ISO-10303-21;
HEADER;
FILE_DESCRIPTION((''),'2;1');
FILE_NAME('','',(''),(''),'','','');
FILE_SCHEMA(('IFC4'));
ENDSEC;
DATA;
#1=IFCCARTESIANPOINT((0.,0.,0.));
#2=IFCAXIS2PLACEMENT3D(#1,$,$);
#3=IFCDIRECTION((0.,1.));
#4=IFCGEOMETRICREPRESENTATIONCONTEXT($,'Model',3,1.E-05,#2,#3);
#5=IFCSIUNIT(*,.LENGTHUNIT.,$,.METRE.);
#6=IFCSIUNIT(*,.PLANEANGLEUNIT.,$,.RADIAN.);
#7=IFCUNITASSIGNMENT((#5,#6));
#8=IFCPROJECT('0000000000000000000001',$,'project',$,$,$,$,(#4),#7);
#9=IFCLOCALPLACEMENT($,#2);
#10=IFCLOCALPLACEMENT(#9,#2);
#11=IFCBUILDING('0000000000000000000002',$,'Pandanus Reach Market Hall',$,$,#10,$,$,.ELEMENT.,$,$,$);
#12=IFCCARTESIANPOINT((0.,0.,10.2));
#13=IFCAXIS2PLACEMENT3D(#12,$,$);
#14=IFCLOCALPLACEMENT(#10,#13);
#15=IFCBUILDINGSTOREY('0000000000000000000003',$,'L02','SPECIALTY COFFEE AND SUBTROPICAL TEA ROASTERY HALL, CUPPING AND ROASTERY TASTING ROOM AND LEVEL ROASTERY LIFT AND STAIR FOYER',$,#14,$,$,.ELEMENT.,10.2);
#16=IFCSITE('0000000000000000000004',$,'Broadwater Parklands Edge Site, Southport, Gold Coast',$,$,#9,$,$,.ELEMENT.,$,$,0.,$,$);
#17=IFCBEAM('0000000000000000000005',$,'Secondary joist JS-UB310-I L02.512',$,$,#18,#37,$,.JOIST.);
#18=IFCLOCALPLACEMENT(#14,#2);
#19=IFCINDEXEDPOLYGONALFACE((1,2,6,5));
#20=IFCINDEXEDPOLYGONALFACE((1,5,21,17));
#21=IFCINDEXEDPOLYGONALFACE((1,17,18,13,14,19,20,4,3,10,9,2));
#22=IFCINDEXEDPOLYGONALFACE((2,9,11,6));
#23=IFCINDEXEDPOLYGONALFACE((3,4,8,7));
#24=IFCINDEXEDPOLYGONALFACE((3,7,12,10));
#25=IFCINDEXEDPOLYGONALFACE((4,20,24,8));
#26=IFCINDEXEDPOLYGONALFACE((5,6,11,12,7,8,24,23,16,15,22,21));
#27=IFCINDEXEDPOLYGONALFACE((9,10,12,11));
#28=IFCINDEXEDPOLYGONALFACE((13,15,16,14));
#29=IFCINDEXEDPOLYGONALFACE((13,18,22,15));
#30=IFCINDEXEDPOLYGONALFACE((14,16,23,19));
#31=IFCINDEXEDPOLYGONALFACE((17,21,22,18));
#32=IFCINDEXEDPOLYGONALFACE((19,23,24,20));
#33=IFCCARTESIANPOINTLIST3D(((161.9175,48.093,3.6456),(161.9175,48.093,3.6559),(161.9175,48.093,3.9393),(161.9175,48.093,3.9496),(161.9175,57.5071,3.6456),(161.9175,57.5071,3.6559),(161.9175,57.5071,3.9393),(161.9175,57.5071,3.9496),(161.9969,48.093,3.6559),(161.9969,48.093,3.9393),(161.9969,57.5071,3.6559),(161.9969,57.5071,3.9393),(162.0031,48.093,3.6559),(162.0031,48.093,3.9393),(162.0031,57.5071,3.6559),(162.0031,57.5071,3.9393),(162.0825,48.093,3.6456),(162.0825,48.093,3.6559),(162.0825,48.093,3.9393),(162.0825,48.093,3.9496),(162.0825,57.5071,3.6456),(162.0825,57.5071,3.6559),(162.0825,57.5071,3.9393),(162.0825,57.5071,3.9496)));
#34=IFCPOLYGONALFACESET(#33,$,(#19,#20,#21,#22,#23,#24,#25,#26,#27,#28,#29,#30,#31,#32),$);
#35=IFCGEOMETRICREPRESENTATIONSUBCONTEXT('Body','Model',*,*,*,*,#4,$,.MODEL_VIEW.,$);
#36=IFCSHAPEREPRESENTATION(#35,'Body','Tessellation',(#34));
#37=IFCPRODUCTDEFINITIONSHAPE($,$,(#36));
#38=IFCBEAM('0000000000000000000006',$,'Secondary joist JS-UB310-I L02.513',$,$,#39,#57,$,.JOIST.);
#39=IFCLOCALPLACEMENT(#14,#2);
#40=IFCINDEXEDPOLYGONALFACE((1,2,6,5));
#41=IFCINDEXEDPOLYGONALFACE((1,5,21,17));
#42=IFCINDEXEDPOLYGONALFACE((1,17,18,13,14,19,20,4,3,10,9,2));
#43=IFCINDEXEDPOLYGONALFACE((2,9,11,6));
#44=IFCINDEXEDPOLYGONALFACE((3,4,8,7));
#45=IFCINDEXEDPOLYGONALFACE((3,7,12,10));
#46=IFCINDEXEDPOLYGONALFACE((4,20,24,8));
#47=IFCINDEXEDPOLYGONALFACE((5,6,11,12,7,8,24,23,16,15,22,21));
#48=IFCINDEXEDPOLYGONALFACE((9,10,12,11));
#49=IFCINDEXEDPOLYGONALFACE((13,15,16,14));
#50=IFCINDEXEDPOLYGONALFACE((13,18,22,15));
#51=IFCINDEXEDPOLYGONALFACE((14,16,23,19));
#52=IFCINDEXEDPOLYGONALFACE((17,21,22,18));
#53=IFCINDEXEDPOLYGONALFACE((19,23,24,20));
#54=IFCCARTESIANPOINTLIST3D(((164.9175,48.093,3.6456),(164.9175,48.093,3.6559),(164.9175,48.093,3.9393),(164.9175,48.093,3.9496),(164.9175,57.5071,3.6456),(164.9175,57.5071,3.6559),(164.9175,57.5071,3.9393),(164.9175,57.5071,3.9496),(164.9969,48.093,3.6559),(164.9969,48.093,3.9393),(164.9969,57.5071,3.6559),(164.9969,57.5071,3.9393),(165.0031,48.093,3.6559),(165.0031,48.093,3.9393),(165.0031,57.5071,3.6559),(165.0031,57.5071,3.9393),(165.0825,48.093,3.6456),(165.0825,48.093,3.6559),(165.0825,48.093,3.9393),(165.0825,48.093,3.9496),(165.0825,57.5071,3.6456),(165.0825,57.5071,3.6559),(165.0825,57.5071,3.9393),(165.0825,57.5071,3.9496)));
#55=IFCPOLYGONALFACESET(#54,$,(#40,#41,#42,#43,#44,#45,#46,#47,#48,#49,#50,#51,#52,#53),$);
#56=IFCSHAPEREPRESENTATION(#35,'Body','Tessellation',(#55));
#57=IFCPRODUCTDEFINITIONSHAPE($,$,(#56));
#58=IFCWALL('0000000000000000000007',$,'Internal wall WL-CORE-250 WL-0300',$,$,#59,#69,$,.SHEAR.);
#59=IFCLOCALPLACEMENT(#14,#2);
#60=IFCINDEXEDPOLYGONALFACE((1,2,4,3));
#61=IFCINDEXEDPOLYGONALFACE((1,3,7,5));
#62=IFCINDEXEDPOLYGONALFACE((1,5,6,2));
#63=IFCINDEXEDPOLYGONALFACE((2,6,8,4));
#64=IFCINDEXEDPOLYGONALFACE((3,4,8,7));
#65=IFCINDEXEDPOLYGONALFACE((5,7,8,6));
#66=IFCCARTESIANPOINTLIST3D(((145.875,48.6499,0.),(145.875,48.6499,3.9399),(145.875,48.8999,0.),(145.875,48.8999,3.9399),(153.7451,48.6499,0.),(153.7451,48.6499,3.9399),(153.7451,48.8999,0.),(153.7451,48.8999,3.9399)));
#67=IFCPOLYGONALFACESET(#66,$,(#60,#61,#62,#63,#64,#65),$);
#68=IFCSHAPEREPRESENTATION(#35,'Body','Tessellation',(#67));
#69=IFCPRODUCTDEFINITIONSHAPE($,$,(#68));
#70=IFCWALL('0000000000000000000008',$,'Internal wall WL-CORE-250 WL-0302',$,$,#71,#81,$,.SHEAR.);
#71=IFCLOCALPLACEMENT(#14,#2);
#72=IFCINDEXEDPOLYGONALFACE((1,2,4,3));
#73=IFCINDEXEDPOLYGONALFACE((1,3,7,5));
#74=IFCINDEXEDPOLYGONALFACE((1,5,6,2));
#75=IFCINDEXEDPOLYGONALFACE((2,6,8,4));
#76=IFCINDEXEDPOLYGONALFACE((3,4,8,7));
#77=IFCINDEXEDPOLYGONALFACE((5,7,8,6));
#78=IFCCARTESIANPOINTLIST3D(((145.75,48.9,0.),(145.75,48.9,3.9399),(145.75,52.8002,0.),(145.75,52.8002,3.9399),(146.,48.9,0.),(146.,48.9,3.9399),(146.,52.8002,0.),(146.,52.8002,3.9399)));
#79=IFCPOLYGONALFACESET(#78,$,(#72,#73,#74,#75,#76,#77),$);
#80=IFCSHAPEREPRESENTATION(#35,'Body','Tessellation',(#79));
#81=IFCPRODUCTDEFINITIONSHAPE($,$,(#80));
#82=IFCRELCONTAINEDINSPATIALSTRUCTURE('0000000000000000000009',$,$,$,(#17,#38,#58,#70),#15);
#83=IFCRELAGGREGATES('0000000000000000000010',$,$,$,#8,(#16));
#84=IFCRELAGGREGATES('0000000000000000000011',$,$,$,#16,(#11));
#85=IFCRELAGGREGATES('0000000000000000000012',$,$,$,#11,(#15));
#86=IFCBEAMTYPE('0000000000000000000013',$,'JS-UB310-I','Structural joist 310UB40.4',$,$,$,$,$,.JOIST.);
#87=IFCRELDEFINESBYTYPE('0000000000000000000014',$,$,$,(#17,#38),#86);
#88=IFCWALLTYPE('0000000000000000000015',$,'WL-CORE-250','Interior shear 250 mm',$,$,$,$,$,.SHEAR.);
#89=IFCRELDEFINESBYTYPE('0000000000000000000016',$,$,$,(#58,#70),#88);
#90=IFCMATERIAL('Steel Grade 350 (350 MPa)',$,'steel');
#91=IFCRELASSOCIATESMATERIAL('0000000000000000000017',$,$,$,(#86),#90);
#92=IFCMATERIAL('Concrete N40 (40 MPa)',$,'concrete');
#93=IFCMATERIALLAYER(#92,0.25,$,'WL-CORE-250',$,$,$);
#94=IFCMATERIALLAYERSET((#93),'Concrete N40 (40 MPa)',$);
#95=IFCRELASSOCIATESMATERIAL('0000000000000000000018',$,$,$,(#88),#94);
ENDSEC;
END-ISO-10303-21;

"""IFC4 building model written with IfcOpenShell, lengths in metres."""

from ifc_helpers import new_model, si_unit, direction, frame, frame_2d, origin, origin_2d, place, context, subcontext, project, spatial, rectangle, i_section, extrude, material, layer, layer_set, material_profile, profile_set, type_object, element, save


model = new_model("IFC4")

# Units and contexts
model_context = context("Model", 3, precision=1e-05, world=origin(), true_north=direction((0.0, 1.0)))
body_context = subcontext(model_context, "Body", "Model", "MODEL_VIEW")
ifc_project = project(units=[si_unit("LENGTHUNIT", "METRE"), si_unit("PLANEANGLEUNIT", "RADIAN")], contexts=[model_context])

# Site, building, storey
site_placement = place(None, origin())
site = spatial("IfcSite", under=ifc_project, at=site_placement, Name="Broadwater Parklands Edge Site, Southport, Gold Coast", CompositionType="ELEMENT", RefElevation=0.0)
building_placement = place(site_placement, origin())
building = spatial("IfcBuilding", under=site, at=building_placement, Name="Pandanus Reach Market Hall", CompositionType="ELEMENT")
storey_placement = place(building_placement, frame((0.0, 0.0, 10.2)))
storey = spatial("IfcBuildingStorey", under=building, at=storey_placement, Name="L02", Description="SPECIALTY COFFEE AND SUBTROPICAL TEA ROASTERY HALL, CUPPING AND ROASTERY TASTING ROOM AND LEVEL ROASTERY LIFT AND STAIR FOYER", CompositionType="ELEMENT", Elevation=10.2)

# Shared definitions
ifc_material_1 = material(Name="Concrete N40 (40 MPa)", Category="concrete")

# Beams
ifc_material_2 = material(Name="Steel Grade 350 (350 MPa)", Category="steel")
ifc_material_profile_1 = material_profile(ifc_material_2, i_section(OverallWidth=0.165, OverallDepth=0.304, WebThickness=0.0061, FlangeThickness=0.0103, at=origin_2d()), Name="310UB40.4", Category="LoadBearing")
ifc_profile_set_1 = profile_set([ifc_material_profile_1], Name="Steel Grade 350 (350 MPa)")
beam_type_1 = type_object("IfcBeamType", Name="JS-UB310-I", Description="Structural joist 310UB40.4", PredefinedType="JOIST", material=ifc_profile_set_1)
for number, where, z_axis, x_axis, name in (
    (1, (162.0, 48.093, 3.7976), (0.0, 1.0, 0.0), (-1.0, 0.0, 0.0), "Secondary joist JS-UB310-I L02.512"),
    (2, (165.0, 48.093, 3.7976), (0.0, 1.0, 0.0), (-1.0, 0.0, 0.0), "Secondary joist JS-UB310-I L02.513"),
):
    element("IfcBeam", number, at=place(storey_placement, frame(where, z_axis=z_axis, x_axis=x_axis)), inside=storey, type_object=beam_type_1, Name=name, PredefinedType="JOIST", context=body_context, shape_type="SweptSolid", body=[
        extrude(i_section(OverallWidth=0.165, OverallDepth=0.304, WebThickness=0.0061, FlangeThickness=0.0103, at=origin_2d()), origin(), (0.0, 0.0, 1.0), 9.4141),
    ])

# Walls
ifc_layer = layer(ifc_material_1, 0.25, Name="WL-CORE-250")
ifc_layer_set = layer_set([ifc_layer], Name="Concrete N40 (40 MPa)")
wall_type = type_object("IfcWallType", Name="WL-CORE-250", Description="Interior shear 250 mm", PredefinedType="SHEAR", material=ifc_layer_set)
wall_1_placement = place(storey_placement, frame((145.875, 48.7749, 0.0), z_axis=(0.0, 0.0, 1.0), x_axis=(1.0, 0.0, 0.0)))
element("IfcWall", 3, at=wall_1_placement, inside=storey, type_object=wall_type, Name="Internal wall WL-CORE-250 WL-0300", PredefinedType="SHEAR", context=body_context, shape_type="SweptSolid", body=[
    extrude(rectangle(XDim=7.8701, YDim=0.25, at=frame_2d((3.9351, 0.0))), origin(), (0.0, 0.0, 1.0), 3.9399),
])
wall_2_placement = place(storey_placement, frame((145.875, 48.8999, 0.0), z_axis=(0.0, 0.0, 1.0), x_axis=(0.0, 1.0, 0.0)))
element("IfcWall", 4, at=wall_2_placement, inside=storey, type_object=wall_type, Name="Internal wall WL-CORE-250 WL-0302", PredefinedType="SHEAR", context=body_context, shape_type="SweptSolid", body=[
    extrude(rectangle(XDim=3.9001, YDim=0.25, at=frame_2d((1.9502, 0.0))), origin(), (0.0, 0.0, 1.0), 3.9399),
])

save(model, "model.ifc")
